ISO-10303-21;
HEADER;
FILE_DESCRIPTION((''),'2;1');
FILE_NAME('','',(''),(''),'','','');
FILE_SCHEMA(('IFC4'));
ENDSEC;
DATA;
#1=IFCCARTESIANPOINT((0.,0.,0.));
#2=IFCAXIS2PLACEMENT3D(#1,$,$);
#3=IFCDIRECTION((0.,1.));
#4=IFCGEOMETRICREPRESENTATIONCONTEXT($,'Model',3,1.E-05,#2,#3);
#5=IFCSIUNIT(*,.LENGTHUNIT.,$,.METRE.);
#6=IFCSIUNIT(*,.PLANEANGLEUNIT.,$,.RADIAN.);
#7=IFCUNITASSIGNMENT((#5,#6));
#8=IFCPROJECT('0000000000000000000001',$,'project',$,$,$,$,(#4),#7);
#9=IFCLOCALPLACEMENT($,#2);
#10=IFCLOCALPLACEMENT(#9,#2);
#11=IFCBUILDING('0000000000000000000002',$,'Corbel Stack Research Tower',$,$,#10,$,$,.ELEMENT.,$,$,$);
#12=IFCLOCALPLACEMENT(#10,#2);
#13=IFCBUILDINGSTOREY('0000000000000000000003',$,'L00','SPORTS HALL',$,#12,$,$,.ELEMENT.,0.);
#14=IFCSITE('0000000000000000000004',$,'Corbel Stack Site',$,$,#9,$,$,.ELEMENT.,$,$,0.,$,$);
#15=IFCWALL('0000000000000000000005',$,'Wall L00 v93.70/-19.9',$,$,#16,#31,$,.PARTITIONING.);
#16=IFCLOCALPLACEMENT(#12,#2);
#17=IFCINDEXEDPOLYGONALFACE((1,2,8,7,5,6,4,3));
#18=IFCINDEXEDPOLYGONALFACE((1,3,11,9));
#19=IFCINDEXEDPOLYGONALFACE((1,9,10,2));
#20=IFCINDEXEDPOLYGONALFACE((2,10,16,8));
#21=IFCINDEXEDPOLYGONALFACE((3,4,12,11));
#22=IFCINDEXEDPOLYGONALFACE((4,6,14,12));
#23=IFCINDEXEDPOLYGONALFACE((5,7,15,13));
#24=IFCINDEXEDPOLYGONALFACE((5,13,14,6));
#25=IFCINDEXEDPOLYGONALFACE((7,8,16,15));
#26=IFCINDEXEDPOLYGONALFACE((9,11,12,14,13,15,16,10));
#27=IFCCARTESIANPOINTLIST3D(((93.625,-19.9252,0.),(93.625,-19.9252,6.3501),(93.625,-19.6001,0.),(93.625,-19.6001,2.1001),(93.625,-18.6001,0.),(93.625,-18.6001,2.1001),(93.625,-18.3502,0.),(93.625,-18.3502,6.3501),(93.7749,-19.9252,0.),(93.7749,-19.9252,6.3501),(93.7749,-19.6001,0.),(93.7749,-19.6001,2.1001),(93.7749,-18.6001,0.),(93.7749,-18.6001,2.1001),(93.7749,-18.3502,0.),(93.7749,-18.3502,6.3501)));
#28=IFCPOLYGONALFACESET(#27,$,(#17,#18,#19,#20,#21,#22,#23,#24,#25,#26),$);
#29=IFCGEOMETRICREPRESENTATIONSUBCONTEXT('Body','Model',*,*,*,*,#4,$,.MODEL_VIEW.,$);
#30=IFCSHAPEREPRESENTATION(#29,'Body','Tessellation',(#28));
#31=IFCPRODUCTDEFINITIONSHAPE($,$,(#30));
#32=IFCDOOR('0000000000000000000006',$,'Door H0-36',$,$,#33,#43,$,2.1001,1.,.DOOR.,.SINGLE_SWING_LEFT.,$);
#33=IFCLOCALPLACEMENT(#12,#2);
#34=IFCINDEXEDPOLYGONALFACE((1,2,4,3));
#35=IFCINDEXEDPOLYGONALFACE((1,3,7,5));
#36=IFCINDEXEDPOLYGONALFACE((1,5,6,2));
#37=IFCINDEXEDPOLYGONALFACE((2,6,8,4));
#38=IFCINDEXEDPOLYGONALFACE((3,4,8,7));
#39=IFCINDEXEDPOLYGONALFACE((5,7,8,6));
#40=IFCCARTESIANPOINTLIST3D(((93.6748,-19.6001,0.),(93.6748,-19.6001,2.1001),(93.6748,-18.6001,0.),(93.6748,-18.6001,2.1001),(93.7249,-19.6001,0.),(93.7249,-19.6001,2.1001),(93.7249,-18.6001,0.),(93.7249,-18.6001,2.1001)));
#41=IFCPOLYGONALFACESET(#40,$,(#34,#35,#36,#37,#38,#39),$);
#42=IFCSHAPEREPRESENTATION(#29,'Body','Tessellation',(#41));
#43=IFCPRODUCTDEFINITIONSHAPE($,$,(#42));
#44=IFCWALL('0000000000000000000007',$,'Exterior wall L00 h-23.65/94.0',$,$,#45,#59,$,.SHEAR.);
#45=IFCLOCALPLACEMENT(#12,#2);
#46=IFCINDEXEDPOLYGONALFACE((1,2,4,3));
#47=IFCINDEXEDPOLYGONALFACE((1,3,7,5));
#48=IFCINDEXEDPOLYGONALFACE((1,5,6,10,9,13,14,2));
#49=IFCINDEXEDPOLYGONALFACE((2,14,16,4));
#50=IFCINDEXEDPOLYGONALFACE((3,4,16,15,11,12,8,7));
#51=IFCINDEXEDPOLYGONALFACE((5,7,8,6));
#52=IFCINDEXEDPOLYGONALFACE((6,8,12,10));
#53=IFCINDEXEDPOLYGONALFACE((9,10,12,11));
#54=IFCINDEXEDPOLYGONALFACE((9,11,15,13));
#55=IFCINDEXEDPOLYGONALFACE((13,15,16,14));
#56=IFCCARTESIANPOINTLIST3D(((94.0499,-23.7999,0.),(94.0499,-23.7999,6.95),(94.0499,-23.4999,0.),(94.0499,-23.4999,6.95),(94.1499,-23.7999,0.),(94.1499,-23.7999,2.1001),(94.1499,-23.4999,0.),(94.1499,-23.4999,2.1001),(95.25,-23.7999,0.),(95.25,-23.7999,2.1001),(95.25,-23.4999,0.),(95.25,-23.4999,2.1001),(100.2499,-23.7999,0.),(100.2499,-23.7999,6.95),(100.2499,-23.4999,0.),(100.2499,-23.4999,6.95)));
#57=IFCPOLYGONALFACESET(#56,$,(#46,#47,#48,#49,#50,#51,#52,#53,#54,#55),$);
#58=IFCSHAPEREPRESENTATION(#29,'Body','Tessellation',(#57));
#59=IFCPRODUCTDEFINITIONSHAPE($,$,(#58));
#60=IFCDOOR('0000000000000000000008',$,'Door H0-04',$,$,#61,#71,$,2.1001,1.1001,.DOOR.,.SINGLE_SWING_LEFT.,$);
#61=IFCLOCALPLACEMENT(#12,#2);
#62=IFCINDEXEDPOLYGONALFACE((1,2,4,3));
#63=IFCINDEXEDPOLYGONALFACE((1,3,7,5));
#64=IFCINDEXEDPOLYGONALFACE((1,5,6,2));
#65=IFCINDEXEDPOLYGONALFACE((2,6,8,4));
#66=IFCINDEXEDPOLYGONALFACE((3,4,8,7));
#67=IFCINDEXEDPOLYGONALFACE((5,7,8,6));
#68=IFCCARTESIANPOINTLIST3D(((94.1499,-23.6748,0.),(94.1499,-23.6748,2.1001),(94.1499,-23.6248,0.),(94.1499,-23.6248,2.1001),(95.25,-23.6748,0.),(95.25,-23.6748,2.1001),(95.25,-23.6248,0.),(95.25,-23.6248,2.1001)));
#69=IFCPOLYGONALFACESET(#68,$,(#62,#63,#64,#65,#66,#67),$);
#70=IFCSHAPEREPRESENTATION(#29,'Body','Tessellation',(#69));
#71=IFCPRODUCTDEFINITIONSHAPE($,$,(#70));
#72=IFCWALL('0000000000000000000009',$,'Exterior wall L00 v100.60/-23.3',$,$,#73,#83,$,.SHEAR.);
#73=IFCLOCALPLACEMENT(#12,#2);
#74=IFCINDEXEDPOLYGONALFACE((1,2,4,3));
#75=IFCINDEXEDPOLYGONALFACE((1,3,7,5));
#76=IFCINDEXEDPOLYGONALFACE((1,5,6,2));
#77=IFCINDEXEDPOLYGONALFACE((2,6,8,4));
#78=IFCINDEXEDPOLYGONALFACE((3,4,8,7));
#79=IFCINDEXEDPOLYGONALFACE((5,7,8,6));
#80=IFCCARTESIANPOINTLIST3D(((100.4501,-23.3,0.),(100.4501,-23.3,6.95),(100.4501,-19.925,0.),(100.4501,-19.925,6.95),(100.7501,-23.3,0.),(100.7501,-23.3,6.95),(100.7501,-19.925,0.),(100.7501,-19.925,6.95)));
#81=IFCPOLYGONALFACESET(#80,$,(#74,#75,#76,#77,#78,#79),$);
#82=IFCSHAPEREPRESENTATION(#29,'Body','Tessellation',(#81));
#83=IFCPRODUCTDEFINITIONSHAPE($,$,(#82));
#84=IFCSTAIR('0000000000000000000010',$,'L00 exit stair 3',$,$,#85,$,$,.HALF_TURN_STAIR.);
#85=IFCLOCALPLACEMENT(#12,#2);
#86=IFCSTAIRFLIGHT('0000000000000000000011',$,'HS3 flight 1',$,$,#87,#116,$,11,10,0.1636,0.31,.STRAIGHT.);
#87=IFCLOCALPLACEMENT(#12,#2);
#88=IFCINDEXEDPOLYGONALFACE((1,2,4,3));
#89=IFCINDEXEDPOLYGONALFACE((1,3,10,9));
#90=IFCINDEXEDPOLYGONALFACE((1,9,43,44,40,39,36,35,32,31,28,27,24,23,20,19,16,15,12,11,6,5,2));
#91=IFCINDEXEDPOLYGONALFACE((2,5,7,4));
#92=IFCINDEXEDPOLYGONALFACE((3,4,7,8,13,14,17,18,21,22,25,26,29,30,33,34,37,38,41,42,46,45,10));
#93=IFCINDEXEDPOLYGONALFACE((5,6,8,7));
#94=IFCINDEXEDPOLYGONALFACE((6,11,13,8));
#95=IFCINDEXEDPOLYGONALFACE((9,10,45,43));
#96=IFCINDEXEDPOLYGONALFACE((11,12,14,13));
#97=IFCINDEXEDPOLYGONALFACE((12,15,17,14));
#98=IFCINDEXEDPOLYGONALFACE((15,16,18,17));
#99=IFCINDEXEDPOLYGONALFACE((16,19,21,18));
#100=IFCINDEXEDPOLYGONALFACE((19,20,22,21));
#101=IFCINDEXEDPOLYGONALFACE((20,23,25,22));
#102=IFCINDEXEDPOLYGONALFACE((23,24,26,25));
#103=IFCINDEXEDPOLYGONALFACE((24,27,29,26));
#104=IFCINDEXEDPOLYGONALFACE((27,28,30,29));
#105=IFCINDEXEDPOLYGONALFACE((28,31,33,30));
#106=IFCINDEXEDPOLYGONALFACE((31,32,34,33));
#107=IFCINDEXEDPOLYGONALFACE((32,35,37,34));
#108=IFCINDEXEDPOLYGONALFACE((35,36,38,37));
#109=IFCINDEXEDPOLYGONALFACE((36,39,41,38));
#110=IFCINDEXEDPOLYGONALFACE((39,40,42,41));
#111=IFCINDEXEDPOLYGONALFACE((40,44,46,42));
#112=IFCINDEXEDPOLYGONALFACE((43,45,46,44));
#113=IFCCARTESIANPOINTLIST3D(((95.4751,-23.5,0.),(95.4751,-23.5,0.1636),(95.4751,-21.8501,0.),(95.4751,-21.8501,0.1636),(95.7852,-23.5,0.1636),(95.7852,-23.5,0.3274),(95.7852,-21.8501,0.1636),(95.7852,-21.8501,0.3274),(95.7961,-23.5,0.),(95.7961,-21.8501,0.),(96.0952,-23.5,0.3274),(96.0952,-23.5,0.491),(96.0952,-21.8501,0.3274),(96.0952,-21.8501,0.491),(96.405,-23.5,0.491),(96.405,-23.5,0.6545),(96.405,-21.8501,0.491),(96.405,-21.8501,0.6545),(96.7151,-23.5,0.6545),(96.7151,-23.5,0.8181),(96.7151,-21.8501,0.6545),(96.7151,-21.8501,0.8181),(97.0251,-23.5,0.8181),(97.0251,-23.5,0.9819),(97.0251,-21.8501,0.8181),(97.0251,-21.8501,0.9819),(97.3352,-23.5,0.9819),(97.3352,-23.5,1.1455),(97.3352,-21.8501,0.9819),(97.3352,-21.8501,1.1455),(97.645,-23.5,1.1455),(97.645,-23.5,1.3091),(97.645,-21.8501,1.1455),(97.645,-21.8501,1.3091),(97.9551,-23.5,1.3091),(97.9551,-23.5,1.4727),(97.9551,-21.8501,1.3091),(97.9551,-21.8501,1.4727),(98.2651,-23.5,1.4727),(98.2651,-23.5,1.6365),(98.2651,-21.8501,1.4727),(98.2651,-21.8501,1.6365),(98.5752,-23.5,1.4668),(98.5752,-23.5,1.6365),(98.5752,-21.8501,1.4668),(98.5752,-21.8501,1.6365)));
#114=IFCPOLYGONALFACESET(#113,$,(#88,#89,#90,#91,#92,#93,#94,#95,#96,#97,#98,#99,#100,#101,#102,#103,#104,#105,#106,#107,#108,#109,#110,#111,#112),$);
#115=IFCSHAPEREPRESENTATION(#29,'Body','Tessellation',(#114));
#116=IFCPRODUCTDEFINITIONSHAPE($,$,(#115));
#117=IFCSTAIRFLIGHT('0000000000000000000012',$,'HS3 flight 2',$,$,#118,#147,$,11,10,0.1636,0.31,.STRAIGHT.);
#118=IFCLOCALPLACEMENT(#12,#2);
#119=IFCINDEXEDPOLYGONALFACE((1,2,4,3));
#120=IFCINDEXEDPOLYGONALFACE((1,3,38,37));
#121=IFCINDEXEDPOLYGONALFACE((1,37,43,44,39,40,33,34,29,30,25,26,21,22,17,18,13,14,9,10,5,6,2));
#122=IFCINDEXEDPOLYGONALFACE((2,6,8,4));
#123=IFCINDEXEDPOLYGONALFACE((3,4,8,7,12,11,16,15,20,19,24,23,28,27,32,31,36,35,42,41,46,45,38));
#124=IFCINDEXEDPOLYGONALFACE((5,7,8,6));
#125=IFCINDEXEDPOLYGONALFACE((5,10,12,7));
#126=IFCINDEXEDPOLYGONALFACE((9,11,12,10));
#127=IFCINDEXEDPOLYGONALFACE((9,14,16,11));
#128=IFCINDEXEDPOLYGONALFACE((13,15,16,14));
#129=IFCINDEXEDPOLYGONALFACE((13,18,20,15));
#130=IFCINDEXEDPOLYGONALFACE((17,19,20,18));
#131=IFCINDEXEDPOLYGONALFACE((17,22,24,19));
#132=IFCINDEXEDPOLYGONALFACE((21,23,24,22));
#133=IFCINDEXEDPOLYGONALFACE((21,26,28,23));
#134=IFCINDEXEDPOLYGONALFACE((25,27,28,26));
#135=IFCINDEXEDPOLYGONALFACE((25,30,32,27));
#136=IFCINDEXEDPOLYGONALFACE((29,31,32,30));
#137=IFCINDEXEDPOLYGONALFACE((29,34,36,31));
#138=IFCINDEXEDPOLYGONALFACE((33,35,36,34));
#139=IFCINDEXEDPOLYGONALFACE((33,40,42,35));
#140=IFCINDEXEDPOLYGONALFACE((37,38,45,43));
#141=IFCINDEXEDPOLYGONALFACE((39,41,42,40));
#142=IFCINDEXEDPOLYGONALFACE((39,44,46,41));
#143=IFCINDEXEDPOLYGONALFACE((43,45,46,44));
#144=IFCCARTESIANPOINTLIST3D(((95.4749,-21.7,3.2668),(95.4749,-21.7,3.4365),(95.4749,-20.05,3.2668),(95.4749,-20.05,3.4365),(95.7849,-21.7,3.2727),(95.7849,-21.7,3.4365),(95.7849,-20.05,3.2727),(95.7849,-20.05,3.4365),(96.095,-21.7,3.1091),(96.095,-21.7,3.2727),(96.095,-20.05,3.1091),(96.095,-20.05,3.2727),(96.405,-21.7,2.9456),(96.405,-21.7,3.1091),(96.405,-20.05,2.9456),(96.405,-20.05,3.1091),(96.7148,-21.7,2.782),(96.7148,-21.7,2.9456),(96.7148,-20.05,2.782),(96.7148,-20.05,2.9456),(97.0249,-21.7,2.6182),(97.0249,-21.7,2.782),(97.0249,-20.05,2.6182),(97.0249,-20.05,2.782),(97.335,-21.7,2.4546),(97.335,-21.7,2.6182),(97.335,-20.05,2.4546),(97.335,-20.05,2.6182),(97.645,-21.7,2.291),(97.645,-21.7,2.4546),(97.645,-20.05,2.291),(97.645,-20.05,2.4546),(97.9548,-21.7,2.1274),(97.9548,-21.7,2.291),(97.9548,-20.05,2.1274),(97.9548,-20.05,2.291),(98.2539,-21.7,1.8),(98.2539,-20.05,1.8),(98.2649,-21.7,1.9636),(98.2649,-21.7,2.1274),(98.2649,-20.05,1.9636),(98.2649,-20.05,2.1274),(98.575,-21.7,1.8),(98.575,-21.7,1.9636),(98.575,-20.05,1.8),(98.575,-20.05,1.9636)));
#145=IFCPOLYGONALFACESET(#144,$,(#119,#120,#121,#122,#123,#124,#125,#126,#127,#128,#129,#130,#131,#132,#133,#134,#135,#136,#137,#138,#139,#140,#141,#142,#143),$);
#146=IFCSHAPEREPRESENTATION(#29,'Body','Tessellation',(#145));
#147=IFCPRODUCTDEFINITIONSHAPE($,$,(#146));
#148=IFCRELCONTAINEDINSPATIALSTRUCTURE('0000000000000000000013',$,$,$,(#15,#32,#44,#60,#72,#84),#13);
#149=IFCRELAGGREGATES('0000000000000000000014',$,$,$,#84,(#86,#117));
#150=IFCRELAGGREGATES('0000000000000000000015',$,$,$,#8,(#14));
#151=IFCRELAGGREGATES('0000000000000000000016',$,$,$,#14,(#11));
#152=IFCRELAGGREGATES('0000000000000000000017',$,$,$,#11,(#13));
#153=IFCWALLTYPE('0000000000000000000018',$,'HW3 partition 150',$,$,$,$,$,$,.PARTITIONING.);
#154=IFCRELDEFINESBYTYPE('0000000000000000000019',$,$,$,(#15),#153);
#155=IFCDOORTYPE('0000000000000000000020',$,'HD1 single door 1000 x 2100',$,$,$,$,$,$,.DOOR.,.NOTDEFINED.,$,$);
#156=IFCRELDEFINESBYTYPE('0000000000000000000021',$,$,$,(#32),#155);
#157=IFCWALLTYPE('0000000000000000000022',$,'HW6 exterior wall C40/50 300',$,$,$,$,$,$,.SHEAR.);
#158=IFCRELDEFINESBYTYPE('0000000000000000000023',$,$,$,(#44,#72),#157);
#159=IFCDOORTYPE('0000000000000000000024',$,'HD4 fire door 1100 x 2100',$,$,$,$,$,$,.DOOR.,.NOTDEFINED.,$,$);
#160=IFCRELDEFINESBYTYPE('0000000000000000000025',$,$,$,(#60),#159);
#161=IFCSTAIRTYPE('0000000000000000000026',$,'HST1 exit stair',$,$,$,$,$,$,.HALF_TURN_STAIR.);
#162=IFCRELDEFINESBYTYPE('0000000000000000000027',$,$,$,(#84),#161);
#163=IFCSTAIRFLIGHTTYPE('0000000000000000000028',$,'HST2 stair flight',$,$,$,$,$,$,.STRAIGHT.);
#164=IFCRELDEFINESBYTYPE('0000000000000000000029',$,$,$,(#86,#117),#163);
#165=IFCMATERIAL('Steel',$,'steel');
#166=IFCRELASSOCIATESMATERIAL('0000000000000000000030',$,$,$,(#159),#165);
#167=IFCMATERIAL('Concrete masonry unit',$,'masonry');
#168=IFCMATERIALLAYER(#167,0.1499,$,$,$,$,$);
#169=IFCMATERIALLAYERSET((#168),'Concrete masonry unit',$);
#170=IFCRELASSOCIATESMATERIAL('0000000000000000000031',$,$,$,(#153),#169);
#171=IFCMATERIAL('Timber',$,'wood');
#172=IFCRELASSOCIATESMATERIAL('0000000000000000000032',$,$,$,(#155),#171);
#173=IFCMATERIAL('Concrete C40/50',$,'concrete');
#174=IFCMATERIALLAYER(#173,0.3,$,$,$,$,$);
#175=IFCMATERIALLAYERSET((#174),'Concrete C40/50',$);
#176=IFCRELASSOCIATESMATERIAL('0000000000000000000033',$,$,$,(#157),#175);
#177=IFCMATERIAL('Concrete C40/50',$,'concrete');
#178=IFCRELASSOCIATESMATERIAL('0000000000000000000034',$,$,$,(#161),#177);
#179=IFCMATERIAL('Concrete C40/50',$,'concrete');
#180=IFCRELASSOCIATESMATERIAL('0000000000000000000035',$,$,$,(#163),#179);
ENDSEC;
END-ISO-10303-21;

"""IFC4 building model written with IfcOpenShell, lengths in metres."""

from ifc_helpers import new_model, si_unit, direction, frame, frame_2d, origin, place, context, subcontext, project, spatial, polyline, rectangle, outline, extrude, material, layer, layer_set, type_object, element, fill, aggregate, save


model = new_model("IFC4")

# Units and contexts
model_context = context("Model", 3, precision=1e-05, world=origin(), true_north=direction((0.0, 1.0)))
body_context = subcontext(model_context, "Body", "Model", "MODEL_VIEW")
ifc_project = project(units=[si_unit("LENGTHUNIT", "METRE"), si_unit("PLANEANGLEUNIT", "RADIAN")], contexts=[model_context])

# Site, building, storey
site_placement = place(None, origin())
site = spatial("IfcSite", under=ifc_project, at=site_placement, Name="Corbel Stack Site", CompositionType="ELEMENT", RefElevation=0.0)
building_placement = place(site_placement, origin())
building = spatial("IfcBuilding", under=site, at=building_placement, Name="Corbel Stack Research Tower", CompositionType="ELEMENT")
storey_placement = place(building_placement, origin())
storey = spatial("IfcBuildingStorey", under=building, at=storey_placement, Name="L00", Description="SPORTS HALL", CompositionType="ELEMENT", Elevation=0.0)

# Shared definitions
ifc_material_1 = material(Name="Steel", Category="steel")
door_type_1 = type_object("IfcDoorType", Name="HD4 fire door 1100 x 2100", OperationType="NOTDEFINED", PredefinedType="DOOR", material=ifc_material_1)

# Shared definitions
ifc_material_2 = material(Name="Concrete masonry unit", Category="masonry")
ifc_layer_1 = layer(ifc_material_2, 0.1499)
ifc_layer_set_1 = layer_set([ifc_layer_1], Name="Concrete masonry unit")
wall_type_1 = type_object("IfcWallType", Name="HW3 partition 150", PredefinedType="PARTITIONING", material=ifc_layer_set_1)

# Walls, openings, doors
wall_1_placement = place(storey_placement, frame((93.7, -18.3501, 0.0), z_axis=(0.0, 0.0, 1.0), x_axis=(0.0, -1.0, 0.0)))
wall_1 = element("IfcWall", 1, at=wall_1_placement, inside=storey, type_object=wall_type_1, Name="Wall L00 v93.70/-19.9", PredefinedType="PARTITIONING", context=body_context, shape_type="SweptSolid", body=[
    extrude(rectangle(XDim=1.575, YDim=0.1499, at=frame_2d((0.7876, 0.0))), origin(), (0.0, 0.0, 1.0), 6.3501),
])
opening_1_placement = place(wall_1_placement, frame((0.25, 0.0, 0.0)))
opening_1 = element("IfcOpeningElement", 2, at=opening_1_placement, cuts=wall_1, PredefinedType="OPENING", context=body_context, shape_type="SweptSolid", body=[
    extrude(rectangle(XDim=1.0, YDim=2.1001, at=frame_2d((0.5, 1.05))), frame((0.0, 0.085, 0.0), z_axis=(0.0, -1.0, 0.0), x_axis=(1.0, 0.0, 0.0)), (0.0, 0.0, 1.0), 0.1699),
])
ifc_material_3 = material(Name="Timber", Category="wood")
door_type_2 = type_object("IfcDoorType", Name="HD1 single door 1000 x 2100", OperationType="NOTDEFINED", PredefinedType="DOOR", material=ifc_material_3)
door_1_placement = place(opening_1_placement, origin())
door_1 = element("IfcDoor", 3, at=door_1_placement, inside=storey, type_object=door_type_2, Name="Door H0-36", OperationType="SINGLE_SWING_LEFT", OverallHeight=2.1001, OverallWidth=1.0, PredefinedType="DOOR", context=body_context, shape_type="SweptSolid", body=[
    extrude(rectangle(XDim=1.0, YDim=2.1001, at=frame_2d((0.5, 1.05))), frame((0.0, 0.0249, 0.0), z_axis=(0.0, -1.0, 0.0), x_axis=(1.0, 0.0, 0.0)), (0.0, 0.0, 1.0), 0.05),
])
fill(opening_1, door_1)
ifc_material_4 = material(Name="Concrete C40/50", Category="concrete")
ifc_layer_2 = layer(ifc_material_4, 0.3)
ifc_layer_set_2 = layer_set([ifc_layer_2], Name="Concrete C40/50")
wall_type_2 = type_object("IfcWallType", Name="HW6 exterior wall C40/50 300", PredefinedType="SHEAR", material=ifc_layer_set_2)
wall_2_placement = place(storey_placement, frame((100.25, -23.6499, 0.0), z_axis=(0.0, 0.0, 1.0), x_axis=(-1.0, 0.0, 0.0)))
wall_2 = element("IfcWall", 4, at=wall_2_placement, inside=storey, type_object=wall_type_2, Name="Exterior wall L00 h-23.65/94.0", PredefinedType="SHEAR", context=body_context, shape_type="SweptSolid", body=[
    extrude(rectangle(XDim=6.2, YDim=0.3, at=frame_2d((3.1001, 0.0))), origin(), (0.0, 0.0, 1.0), 6.95),
])
opening_2_placement = place(wall_2_placement, frame((5.0, 0.0, 0.0)))
opening_2 = element("IfcOpeningElement", 5, at=opening_2_placement, cuts=wall_2, PredefinedType="OPENING", context=body_context, shape_type="SweptSolid", body=[
    extrude(rectangle(XDim=1.1001, YDim=2.1001, at=frame_2d((0.55, 1.05))), frame((0.0, 0.1599, 0.0), z_axis=(0.0, -1.0, 0.0), x_axis=(1.0, 0.0, 0.0)), (0.0, 0.0, 1.0), 0.3201),
])
door_2_placement = place(opening_2_placement, origin())
door_2 = element("IfcDoor", 6, at=door_2_placement, inside=storey, type_object=door_type_1, Name="Door H0-04", OperationType="SINGLE_SWING_LEFT", OverallHeight=2.1001, OverallWidth=1.1001, PredefinedType="DOOR", context=body_context, shape_type="SweptSolid", body=[
    extrude(rectangle(XDim=1.1001, YDim=2.1001, at=frame_2d((0.55, 1.05))), frame((0.0, 0.0249, 0.0), z_axis=(0.0, -1.0, 0.0), x_axis=(1.0, 0.0, 0.0)), (0.0, 0.0, 1.0), 0.05),
])
fill(opening_2, door_2)

# Wall
wall_3_placement = place(storey_placement, frame((100.6001, -23.3, 0.0), z_axis=(0.0, 0.0, 1.0), x_axis=(0.0, 1.0, 0.0)))
element("IfcWall", 7, at=wall_3_placement, inside=storey, type_object=wall_type_2, Name="Exterior wall L00 v100.60/-23.3", PredefinedType="SHEAR", context=body_context, shape_type="SweptSolid", body=[
    extrude(rectangle(XDim=3.375, YDim=0.3, at=frame_2d((1.6875, 0.0))), origin(), (0.0, 0.0, 1.0), 6.95),
])

# Stair, stair flights
ifc_material_5 = material(Name="Concrete C40/50", Category="concrete")
stair_type = type_object("IfcStairType", Name="HST1 exit stair", PredefinedType="HALF_TURN_STAIR", material=ifc_material_5)
stair_placement = place(storey_placement, origin())
stair = element("IfcStair", 8, at=stair_placement, inside=storey, type_object=stair_type, Name="L00 exit stair 3", PredefinedType="HALF_TURN_STAIR")
ifc_material_6 = material(Name="Concrete C40/50", Category="concrete")
stair_flight_type = type_object("IfcStairFlightType", Name="HST2 stair flight", PredefinedType="STRAIGHT", material=ifc_material_6)
stair_flight_1_placement = place(storey_placement, frame((95.4751, -22.675, 0.0), z_axis=(0.0, 0.0, 1.0), x_axis=(1.0, 0.0, 0.0)))
stair_flight_1 = element("IfcStairFlight", 9, at=stair_flight_1_placement, type_object=stair_flight_type, Name="HS3 flight 1", NumberOfRisers=11, NumberOfTreads=10, PredefinedType="STRAIGHT", RiserHeight=0.1636, TreadLength=0.31, context=body_context, shape_type="SweptSolid", body=[
    extrude(outline(polyline([(0.0, 0.0), (0.0, 0.1636), (0.3101, 0.1636), (0.3101, 0.3274), (0.6201, 0.3274), (0.6201, 0.491), (0.9299, 0.491), (0.9299, 0.6545), (1.24, 0.6545), (1.24, 0.8181), (1.55, 0.8181), (1.55, 0.9819), (1.8601, 0.9819), (1.8601, 1.1455), (2.1699, 1.1455), (2.1699, 1.3091), (2.48, 1.3091), (2.48, 1.4727), (2.79, 1.4727), (2.79, 1.6365), (3.1001, 1.6365), (3.1001, 1.8), (3.1001, 1.4668), (0.321, 0.0), (0.0, 0.0)])), frame((0.0, 0.825, 0.0), z_axis=(0.0, -1.0, 0.0), x_axis=(1.0, 0.0, 0.0)), (0.0, 0.0, 1.0), 1.6499),
])
stair_flight_2_placement = place(storey_placement, frame((98.575, -20.875, 1.8), z_axis=(0.0, 0.0, 1.0), x_axis=(-1.0, 0.0, 0.0)))
stair_flight_2 = element("IfcStairFlight", 10, at=stair_flight_2_placement, type_object=stair_flight_type, Name="HS3 flight 2", NumberOfRisers=11, NumberOfTreads=10, PredefinedType="STRAIGHT", RiserHeight=0.1636, TreadLength=0.31, context=body_context, shape_type="SweptSolid", body=[
    extrude(outline(polyline([(0.0, 0.0), (0.0, 0.1636), (0.3101, 0.1636), (0.3101, 0.3274), (0.6201, 0.3274), (0.6201, 0.491), (0.9299, 0.491), (0.9299, 0.6545), (1.24, 0.6545), (1.24, 0.8181), (1.55, 0.8181), (1.55, 0.9819), (1.8601, 0.9819), (1.8601, 1.1455), (2.1699, 1.1455), (2.1699, 1.3091), (2.48, 1.3091), (2.48, 1.4727), (2.79, 1.4727), (2.79, 1.6365), (3.1001, 1.6365), (3.1001, 1.8), (3.1001, 1.4668), (0.321, 0.0), (0.0, 0.0)])), frame((0.0, 0.825, 0.0), z_axis=(0.0, -1.0, 0.0), x_axis=(1.0, 0.0, 0.0)), (0.0, 0.0, 1.0), 1.6499),
])
aggregate(stair, [stair_flight_1, stair_flight_2])

save(model, "model.ifc")
